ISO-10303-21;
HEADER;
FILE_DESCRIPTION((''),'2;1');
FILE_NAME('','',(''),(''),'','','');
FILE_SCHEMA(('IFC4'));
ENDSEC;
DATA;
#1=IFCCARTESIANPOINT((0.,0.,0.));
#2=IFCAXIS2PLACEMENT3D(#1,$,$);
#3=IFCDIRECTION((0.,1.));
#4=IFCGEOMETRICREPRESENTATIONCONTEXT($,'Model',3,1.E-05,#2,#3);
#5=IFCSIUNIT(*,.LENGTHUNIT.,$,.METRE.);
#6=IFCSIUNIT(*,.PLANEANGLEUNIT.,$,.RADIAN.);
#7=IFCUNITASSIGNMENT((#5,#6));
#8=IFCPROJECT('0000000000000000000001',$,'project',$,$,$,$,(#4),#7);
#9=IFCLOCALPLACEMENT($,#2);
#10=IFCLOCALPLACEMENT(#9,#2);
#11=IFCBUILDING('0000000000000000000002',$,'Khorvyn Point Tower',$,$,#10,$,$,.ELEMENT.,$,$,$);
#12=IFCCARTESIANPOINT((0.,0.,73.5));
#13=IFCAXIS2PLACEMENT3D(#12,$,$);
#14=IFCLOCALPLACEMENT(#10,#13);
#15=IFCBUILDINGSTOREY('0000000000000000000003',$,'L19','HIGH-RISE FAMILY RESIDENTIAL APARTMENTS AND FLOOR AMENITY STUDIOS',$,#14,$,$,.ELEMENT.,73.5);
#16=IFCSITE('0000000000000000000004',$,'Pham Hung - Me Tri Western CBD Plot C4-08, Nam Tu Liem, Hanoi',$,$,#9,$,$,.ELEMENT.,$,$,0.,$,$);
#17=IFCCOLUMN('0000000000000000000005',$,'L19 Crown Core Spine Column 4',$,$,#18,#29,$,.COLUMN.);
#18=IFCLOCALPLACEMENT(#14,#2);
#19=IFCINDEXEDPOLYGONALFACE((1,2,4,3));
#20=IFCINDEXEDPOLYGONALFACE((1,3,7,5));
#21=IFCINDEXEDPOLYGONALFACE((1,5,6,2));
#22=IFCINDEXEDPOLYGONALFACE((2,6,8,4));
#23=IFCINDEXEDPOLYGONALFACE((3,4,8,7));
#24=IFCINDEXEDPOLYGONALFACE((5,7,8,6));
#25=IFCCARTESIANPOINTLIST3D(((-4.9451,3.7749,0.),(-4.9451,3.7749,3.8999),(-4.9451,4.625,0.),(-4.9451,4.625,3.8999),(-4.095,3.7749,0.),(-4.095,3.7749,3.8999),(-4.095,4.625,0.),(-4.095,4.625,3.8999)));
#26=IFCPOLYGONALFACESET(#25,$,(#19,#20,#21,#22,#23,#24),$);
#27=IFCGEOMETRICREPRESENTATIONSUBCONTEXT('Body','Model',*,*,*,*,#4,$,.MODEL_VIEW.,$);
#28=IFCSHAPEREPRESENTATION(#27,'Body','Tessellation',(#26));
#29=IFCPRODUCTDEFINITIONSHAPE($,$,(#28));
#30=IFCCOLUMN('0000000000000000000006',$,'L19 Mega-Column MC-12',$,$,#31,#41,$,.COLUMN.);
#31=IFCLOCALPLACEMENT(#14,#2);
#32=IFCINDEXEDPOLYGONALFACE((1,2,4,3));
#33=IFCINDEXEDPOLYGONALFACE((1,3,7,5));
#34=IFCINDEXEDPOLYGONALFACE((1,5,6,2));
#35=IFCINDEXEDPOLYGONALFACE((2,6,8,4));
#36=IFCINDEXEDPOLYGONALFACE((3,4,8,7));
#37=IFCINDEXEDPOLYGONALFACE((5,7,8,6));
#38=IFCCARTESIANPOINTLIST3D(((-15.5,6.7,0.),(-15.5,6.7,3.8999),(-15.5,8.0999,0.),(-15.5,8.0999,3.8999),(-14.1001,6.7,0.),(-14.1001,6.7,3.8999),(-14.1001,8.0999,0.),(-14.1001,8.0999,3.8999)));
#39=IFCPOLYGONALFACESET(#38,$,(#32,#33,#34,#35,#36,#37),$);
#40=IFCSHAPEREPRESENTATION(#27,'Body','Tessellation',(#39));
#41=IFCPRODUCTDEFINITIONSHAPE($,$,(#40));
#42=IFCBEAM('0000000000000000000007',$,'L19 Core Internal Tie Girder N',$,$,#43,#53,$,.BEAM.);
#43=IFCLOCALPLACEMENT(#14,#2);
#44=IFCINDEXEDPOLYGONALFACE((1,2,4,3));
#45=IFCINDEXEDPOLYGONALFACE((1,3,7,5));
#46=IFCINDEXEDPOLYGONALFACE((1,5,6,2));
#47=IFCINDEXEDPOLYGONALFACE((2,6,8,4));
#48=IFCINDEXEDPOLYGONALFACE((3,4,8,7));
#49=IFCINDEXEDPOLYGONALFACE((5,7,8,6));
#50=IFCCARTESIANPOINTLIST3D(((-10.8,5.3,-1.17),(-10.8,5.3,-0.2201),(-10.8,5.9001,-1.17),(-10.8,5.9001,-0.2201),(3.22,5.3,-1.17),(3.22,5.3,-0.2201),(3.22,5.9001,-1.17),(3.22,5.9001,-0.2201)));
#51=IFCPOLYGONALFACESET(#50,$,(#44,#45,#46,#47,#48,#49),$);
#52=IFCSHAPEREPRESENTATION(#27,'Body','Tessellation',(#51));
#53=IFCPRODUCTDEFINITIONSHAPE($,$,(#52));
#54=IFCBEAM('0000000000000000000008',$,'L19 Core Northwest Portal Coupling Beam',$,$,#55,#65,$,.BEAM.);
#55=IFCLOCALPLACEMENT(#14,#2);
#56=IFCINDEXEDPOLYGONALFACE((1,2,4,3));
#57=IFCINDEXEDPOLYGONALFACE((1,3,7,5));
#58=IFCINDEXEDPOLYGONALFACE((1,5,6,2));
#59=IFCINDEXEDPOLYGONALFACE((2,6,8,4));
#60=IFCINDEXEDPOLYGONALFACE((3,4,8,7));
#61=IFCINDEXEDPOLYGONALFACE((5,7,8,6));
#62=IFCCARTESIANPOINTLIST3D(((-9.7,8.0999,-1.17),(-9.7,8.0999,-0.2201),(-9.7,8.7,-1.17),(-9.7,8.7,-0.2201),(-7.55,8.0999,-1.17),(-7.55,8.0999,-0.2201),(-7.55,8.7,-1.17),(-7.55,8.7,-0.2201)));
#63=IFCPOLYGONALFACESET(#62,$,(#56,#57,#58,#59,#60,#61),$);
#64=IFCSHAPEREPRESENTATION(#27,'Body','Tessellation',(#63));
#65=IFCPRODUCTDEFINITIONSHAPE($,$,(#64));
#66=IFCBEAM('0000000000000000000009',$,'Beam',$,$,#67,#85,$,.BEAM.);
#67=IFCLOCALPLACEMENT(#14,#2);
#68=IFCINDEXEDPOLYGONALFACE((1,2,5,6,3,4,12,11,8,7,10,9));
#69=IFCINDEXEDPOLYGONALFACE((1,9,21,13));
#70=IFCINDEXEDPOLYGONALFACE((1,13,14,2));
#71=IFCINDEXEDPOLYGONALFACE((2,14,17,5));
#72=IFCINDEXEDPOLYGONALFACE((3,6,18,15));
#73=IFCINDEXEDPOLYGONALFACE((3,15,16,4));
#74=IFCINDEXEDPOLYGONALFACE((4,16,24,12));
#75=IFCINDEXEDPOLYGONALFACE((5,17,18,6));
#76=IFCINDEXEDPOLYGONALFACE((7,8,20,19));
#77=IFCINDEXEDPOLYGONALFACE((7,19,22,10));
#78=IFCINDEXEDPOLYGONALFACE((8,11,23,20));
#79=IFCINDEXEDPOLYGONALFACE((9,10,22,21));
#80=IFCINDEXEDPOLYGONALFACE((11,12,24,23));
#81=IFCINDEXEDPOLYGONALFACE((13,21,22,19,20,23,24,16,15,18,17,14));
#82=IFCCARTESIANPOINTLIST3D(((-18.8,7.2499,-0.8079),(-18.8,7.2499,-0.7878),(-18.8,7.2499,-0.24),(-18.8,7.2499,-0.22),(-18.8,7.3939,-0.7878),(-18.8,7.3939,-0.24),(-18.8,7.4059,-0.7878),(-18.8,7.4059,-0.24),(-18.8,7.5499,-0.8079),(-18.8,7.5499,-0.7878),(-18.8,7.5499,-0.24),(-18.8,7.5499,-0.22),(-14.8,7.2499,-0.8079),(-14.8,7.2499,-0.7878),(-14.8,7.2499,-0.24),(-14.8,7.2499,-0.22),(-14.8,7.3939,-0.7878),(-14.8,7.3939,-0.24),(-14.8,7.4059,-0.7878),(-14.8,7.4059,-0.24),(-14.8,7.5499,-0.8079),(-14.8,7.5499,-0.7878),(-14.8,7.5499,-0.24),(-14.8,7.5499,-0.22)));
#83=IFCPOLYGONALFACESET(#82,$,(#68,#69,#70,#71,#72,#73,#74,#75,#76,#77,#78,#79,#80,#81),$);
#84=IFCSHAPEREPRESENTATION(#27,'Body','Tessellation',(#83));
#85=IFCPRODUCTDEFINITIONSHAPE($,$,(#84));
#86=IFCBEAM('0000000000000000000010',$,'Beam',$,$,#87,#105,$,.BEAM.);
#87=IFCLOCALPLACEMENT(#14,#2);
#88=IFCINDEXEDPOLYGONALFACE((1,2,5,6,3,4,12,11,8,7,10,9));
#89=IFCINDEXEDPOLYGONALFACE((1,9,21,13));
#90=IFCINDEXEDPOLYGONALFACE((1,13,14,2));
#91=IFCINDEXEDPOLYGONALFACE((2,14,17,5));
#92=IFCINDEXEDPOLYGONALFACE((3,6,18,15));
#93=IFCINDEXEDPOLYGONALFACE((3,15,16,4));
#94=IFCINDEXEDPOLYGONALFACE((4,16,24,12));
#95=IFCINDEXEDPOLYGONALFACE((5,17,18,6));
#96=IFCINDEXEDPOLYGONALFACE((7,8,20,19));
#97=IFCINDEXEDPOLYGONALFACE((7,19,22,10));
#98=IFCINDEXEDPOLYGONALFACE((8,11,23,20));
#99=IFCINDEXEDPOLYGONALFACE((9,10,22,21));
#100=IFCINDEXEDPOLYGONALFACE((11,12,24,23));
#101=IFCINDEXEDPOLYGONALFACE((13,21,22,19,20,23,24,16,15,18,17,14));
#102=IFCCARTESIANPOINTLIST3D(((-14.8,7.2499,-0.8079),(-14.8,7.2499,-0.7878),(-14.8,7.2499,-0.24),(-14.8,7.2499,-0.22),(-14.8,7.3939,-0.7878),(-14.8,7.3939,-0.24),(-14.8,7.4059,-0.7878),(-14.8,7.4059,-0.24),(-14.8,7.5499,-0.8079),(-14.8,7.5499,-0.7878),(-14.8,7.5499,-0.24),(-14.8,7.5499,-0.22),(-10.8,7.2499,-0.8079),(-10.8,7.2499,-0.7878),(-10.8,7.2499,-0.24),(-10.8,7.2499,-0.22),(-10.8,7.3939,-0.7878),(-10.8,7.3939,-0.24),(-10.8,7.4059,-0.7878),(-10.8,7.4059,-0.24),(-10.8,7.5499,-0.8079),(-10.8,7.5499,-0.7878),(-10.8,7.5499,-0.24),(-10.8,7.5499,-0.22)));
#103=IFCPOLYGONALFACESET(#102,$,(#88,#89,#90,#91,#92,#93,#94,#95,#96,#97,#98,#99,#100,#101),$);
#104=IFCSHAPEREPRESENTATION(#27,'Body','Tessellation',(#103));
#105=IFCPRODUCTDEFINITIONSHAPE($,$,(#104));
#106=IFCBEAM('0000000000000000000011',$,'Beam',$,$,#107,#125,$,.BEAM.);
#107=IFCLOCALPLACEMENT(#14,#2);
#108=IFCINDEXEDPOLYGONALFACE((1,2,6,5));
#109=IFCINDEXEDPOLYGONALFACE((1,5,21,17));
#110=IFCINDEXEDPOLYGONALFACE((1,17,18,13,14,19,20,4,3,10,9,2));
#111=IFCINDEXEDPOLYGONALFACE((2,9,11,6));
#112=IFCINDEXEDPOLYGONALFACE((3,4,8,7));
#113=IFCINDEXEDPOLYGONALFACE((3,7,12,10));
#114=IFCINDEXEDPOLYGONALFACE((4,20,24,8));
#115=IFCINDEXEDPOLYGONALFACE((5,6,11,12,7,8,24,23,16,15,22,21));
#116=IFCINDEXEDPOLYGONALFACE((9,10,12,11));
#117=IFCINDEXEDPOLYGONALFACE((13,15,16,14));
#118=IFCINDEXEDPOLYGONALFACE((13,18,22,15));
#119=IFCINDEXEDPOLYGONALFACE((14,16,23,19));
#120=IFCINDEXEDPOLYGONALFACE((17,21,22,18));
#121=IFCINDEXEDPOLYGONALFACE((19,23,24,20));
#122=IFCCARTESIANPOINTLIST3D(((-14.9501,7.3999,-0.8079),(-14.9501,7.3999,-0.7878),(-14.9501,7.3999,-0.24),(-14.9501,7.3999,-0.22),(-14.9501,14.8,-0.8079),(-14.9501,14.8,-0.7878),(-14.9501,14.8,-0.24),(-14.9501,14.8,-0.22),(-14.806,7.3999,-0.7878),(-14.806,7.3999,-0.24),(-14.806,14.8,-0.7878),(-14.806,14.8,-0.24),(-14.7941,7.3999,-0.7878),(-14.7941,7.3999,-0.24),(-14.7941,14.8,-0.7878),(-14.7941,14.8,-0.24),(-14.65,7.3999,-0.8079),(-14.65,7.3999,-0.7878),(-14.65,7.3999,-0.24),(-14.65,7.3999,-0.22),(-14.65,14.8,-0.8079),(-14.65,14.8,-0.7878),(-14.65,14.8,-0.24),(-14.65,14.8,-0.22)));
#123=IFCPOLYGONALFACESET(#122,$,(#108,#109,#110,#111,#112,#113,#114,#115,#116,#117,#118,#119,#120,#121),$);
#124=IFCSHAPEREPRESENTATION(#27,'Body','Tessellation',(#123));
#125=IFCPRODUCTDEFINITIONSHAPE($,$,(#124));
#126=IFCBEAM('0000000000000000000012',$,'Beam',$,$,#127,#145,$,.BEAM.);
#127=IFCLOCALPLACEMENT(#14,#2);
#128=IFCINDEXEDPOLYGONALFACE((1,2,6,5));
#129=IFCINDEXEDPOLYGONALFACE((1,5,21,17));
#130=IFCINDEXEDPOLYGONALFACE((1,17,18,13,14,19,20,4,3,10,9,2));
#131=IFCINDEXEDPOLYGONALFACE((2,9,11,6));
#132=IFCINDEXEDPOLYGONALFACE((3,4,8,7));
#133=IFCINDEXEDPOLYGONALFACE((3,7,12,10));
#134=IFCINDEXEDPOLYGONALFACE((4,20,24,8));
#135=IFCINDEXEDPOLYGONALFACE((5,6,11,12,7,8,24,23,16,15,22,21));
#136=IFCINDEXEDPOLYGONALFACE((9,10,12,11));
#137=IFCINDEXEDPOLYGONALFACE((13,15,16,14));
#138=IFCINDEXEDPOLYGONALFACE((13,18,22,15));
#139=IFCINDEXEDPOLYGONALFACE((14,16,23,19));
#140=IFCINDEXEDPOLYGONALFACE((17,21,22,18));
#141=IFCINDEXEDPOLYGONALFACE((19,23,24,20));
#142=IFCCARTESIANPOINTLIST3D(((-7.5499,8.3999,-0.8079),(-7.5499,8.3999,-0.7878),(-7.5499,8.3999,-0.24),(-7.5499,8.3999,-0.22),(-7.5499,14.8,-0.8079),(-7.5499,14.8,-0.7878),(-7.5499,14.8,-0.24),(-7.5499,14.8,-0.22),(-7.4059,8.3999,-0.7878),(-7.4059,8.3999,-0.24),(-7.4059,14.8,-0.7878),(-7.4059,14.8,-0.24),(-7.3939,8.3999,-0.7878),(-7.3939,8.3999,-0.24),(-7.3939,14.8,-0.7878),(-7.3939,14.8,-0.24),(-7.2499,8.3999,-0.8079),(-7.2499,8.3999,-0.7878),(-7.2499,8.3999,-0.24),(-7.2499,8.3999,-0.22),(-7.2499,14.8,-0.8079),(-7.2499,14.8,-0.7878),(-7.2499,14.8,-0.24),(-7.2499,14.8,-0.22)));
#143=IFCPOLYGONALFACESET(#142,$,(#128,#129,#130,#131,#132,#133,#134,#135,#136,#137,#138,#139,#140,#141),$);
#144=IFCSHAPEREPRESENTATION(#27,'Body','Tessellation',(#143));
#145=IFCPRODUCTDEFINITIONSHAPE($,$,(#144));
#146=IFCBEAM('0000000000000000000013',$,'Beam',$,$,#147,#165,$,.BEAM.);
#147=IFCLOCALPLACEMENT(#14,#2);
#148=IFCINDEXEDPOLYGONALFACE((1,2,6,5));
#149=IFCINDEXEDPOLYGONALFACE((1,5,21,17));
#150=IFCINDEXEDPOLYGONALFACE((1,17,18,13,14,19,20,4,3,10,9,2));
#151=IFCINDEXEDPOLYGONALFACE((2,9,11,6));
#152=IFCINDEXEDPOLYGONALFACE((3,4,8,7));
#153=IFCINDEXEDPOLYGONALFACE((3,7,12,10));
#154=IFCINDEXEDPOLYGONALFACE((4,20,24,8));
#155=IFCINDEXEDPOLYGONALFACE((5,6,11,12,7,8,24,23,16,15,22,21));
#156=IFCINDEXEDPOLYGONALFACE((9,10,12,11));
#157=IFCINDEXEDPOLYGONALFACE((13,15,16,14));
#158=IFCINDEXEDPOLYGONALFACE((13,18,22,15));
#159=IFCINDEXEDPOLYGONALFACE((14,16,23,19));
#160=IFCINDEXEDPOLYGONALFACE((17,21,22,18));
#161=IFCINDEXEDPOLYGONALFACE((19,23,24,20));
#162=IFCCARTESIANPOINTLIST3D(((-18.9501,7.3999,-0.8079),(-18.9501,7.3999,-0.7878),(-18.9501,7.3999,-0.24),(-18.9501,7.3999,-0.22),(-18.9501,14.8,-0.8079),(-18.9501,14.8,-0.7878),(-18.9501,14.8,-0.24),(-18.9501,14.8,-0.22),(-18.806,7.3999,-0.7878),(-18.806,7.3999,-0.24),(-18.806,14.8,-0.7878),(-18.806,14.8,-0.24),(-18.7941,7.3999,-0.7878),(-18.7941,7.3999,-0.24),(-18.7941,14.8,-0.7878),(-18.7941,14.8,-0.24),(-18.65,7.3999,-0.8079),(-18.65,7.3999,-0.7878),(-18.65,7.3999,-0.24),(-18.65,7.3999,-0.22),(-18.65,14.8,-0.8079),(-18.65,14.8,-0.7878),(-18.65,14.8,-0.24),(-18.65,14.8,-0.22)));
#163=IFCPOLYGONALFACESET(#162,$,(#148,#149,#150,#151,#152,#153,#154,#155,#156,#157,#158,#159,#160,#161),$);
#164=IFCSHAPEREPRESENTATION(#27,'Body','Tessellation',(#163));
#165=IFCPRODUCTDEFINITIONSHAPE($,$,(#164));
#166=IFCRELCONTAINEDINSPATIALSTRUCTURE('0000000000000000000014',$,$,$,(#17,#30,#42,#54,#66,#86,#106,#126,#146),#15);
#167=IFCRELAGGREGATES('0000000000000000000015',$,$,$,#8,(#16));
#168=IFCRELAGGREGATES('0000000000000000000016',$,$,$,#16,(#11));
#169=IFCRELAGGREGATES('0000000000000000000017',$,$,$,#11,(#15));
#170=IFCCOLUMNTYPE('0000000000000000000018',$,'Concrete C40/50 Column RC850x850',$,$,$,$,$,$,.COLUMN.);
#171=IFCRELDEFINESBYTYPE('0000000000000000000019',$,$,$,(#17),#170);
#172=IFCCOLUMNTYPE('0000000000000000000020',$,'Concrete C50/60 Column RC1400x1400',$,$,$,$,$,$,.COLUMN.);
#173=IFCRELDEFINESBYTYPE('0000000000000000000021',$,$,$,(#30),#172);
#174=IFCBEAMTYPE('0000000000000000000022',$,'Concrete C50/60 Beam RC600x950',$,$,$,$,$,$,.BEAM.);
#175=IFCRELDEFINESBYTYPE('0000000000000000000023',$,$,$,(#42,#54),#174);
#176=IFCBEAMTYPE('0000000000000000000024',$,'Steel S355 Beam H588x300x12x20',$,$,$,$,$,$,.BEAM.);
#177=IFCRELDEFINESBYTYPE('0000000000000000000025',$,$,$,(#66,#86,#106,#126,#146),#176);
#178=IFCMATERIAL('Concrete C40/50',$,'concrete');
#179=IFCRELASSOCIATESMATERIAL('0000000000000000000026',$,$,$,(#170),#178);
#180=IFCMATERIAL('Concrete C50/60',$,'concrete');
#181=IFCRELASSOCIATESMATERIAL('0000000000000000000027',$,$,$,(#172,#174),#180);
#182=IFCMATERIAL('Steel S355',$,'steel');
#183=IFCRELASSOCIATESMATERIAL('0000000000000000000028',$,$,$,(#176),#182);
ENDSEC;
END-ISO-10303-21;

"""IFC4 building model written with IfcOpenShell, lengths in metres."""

from ifc_helpers import new_model, si_unit, direction, frame, origin, origin_2d, place, context, subcontext, project, spatial, rectangle, i_section, extrude, material, material_profile, profile_set, type_object, element, save


model = new_model("IFC4")

# Units and contexts
model_context = context("Model", 3, precision=1e-05, world=origin(), true_north=direction((0.0, 1.0)))
body_context = subcontext(model_context, "Body", "Model", "MODEL_VIEW")
ifc_project = project(units=[si_unit("LENGTHUNIT", "METRE"), si_unit("PLANEANGLEUNIT", "RADIAN")], contexts=[model_context])

# Site, building, storey
site_placement = place(None, origin())
site = spatial("IfcSite", under=ifc_project, at=site_placement, Name="Pham Hung - Me Tri Western CBD Plot C4-08, Nam Tu Liem, Hanoi", CompositionType="ELEMENT", RefElevation=0.0)
building_placement = place(site_placement, origin())
building = spatial("IfcBuilding", under=site, at=building_placement, Name="Khorvyn Point Tower", CompositionType="ELEMENT")
storey_placement = place(building_placement, frame((0.0, 0.0, 73.5)))
storey = spatial("IfcBuildingStorey", under=building, at=storey_placement, Name="L19", Description="HIGH-RISE FAMILY RESIDENTIAL APARTMENTS AND FLOOR AMENITY STUDIOS", CompositionType="ELEMENT", Elevation=73.5)

# Columns
ifc_material_1 = material(Name="Concrete C40/50", Category="concrete")
ifc_material_profile_1 = material_profile(ifc_material_1, rectangle(XDim=0.8501, YDim=0.8501, at=origin_2d()))
ifc_profile_set_1 = profile_set([ifc_material_profile_1], Name="Concrete C40/50 RC850x850")
column_type_1 = type_object("IfcColumnType", Name="Concrete C40/50 Column RC850x850", PredefinedType="COLUMN", material=ifc_profile_set_1)
column_1_placement = place(storey_placement, frame((-4.52, 4.2, 0.0), z_axis=(0.0, 0.0, 1.0), x_axis=(1.0, 0.0, 0.0)))
element("IfcColumn", 1, at=column_1_placement, inside=storey, type_object=column_type_1, Name="L19 Crown Core Spine Column 4", PredefinedType="COLUMN", context=body_context, shape_type="SweptSolid", body=[
    extrude(rectangle(XDim=0.8501, YDim=0.8501, at=origin_2d()), origin(), (0.0, 0.0, 1.0), 3.8999),
])
ifc_material_2 = material(Name="Concrete C50/60", Category="concrete")
ifc_material_profile_2 = material_profile(ifc_material_2, rectangle(XDim=1.3999, YDim=1.3999, at=origin_2d()))
ifc_profile_set_2 = profile_set([ifc_material_profile_2], Name="Concrete C50/60 RC1400x1400")
column_type_2 = type_object("IfcColumnType", Name="Concrete C50/60 Column RC1400x1400", PredefinedType="COLUMN", material=ifc_profile_set_2)
column_2_placement = place(storey_placement, frame((-14.8, 7.3999, 0.0), z_axis=(0.0, 0.0, 1.0), x_axis=(1.0, 0.0, 0.0)))
element("IfcColumn", 2, at=column_2_placement, inside=storey, type_object=column_type_2, Name="L19 Mega-Column MC-12", PredefinedType="COLUMN", context=body_context, shape_type="SweptSolid", body=[
    extrude(rectangle(XDim=1.3999, YDim=1.3999, at=origin_2d()), origin(), (0.0, 0.0, 1.0), 3.8999),
])

# Beams
ifc_material_profile_3 = material_profile(ifc_material_2, rectangle(XDim=0.6001, YDim=0.95, at=origin_2d()))
ifc_profile_set_3 = profile_set([ifc_material_profile_3], Name="Concrete C50/60 RC600x950")
beam_type_1 = type_object("IfcBeamType", Name="Concrete C50/60 Beam RC600x950", PredefinedType="BEAM", material=ifc_profile_set_3)
beam_1_placement = place(storey_placement, frame((-10.8, 5.6001, -0.6951), z_axis=(1.0, 0.0, 0.0), x_axis=(0.0, 1.0, 0.0)))
element("IfcBeam", 3, at=beam_1_placement, inside=storey, type_object=beam_type_1, Name="L19 Core Internal Tie Girder N", PredefinedType="BEAM", context=body_context, shape_type="SweptSolid", body=[
    extrude(rectangle(XDim=0.6001, YDim=0.95, at=origin_2d()), origin(), (0.0, 0.0, 1.0), 14.02),
])
beam_2_placement = place(storey_placement, frame((-9.7, 8.3999, -0.6951), z_axis=(1.0, 0.0, 0.0), x_axis=(0.0, 1.0, 0.0)))
element("IfcBeam", 4, at=beam_2_placement, inside=storey, type_object=beam_type_1, Name="L19 Core Northwest Portal Coupling Beam", PredefinedType="BEAM", context=body_context, shape_type="SweptSolid", body=[
    extrude(rectangle(XDim=0.6001, YDim=0.95, at=origin_2d()), origin(), (0.0, 0.0, 1.0), 2.1499),
])
ifc_material_3 = material(Name="Steel S355", Category="steel")
ifc_material_profile_4 = material_profile(ifc_material_3, i_section(OverallWidth=0.3, OverallDepth=0.5879, WebThickness=0.012, FlangeThickness=0.02, at=origin_2d()))
ifc_profile_set_4 = profile_set([ifc_material_profile_4], Name="Steel S355 H588x300x12x20")
beam_type_2 = type_object("IfcBeamType", Name="Steel S355 Beam H588x300x12x20", PredefinedType="BEAM", material=ifc_profile_set_4)
for number, where, z_axis, x_axis, name in (
    (5, (-18.8, 7.3999, -0.5139), (1.0, 0.0, 0.0), (0.0, 1.0, 0.0), "Beam"),
    (6, (-14.8, 7.3999, -0.5139), (1.0, 0.0, 0.0), (0.0, 1.0, 0.0), "Beam"),
):
    element("IfcBeam", number, at=place(storey_placement, frame(where, z_axis=z_axis, x_axis=x_axis)), inside=storey, type_object=beam_type_2, Name=name, PredefinedType="BEAM", context=body_context, shape_type="SweptSolid", body=[
        extrude(i_section(OverallWidth=0.3, OverallDepth=0.5879, WebThickness=0.012, FlangeThickness=0.02, at=origin_2d()), origin(), (0.0, 0.0, 1.0), 4.0),
    ])
beam_3_placement = place(storey_placement, frame((-14.8, 7.3999, -0.5139), z_axis=(0.0, 1.0, 0.0), x_axis=(-1.0, 0.0, 0.0)))
element("IfcBeam", 7, at=beam_3_placement, inside=storey, type_object=beam_type_2, Name="Beam", PredefinedType="BEAM", context=body_context, shape_type="SweptSolid", body=[
    extrude(i_section(OverallWidth=0.3, OverallDepth=0.5879, WebThickness=0.012, FlangeThickness=0.02, at=origin_2d()), origin(), (0.0, 0.0, 1.0), 7.4001),
])
beam_4_placement = place(storey_placement, frame((-7.3999, 8.3999, -0.5139), z_axis=(0.0, 1.0, 0.0), x_axis=(-1.0, 0.0, 0.0)))
element("IfcBeam", 8, at=beam_4_placement, inside=storey, type_object=beam_type_2, Name="Beam", PredefinedType="BEAM", context=body_context, shape_type="SweptSolid", body=[
    extrude(i_section(OverallWidth=0.3, OverallDepth=0.5879, WebThickness=0.012, FlangeThickness=0.02, at=origin_2d()), origin(), (0.0, 0.0, 1.0), 6.4001),
])
beam_5_placement = place(storey_placement, frame((-18.8, 7.3999, -0.5139), z_axis=(0.0, 1.0, 0.0), x_axis=(-1.0, 0.0, 0.0)))
element("IfcBeam", 9, at=beam_5_placement, inside=storey, type_object=beam_type_2, Name="Beam", PredefinedType="BEAM", context=body_context, shape_type="SweptSolid", body=[
    extrude(i_section(OverallWidth=0.3, OverallDepth=0.5879, WebThickness=0.012, FlangeThickness=0.02, at=origin_2d()), origin(), (0.0, 0.0, 1.0), 7.4001),
])

save(model, "model.ifc")
